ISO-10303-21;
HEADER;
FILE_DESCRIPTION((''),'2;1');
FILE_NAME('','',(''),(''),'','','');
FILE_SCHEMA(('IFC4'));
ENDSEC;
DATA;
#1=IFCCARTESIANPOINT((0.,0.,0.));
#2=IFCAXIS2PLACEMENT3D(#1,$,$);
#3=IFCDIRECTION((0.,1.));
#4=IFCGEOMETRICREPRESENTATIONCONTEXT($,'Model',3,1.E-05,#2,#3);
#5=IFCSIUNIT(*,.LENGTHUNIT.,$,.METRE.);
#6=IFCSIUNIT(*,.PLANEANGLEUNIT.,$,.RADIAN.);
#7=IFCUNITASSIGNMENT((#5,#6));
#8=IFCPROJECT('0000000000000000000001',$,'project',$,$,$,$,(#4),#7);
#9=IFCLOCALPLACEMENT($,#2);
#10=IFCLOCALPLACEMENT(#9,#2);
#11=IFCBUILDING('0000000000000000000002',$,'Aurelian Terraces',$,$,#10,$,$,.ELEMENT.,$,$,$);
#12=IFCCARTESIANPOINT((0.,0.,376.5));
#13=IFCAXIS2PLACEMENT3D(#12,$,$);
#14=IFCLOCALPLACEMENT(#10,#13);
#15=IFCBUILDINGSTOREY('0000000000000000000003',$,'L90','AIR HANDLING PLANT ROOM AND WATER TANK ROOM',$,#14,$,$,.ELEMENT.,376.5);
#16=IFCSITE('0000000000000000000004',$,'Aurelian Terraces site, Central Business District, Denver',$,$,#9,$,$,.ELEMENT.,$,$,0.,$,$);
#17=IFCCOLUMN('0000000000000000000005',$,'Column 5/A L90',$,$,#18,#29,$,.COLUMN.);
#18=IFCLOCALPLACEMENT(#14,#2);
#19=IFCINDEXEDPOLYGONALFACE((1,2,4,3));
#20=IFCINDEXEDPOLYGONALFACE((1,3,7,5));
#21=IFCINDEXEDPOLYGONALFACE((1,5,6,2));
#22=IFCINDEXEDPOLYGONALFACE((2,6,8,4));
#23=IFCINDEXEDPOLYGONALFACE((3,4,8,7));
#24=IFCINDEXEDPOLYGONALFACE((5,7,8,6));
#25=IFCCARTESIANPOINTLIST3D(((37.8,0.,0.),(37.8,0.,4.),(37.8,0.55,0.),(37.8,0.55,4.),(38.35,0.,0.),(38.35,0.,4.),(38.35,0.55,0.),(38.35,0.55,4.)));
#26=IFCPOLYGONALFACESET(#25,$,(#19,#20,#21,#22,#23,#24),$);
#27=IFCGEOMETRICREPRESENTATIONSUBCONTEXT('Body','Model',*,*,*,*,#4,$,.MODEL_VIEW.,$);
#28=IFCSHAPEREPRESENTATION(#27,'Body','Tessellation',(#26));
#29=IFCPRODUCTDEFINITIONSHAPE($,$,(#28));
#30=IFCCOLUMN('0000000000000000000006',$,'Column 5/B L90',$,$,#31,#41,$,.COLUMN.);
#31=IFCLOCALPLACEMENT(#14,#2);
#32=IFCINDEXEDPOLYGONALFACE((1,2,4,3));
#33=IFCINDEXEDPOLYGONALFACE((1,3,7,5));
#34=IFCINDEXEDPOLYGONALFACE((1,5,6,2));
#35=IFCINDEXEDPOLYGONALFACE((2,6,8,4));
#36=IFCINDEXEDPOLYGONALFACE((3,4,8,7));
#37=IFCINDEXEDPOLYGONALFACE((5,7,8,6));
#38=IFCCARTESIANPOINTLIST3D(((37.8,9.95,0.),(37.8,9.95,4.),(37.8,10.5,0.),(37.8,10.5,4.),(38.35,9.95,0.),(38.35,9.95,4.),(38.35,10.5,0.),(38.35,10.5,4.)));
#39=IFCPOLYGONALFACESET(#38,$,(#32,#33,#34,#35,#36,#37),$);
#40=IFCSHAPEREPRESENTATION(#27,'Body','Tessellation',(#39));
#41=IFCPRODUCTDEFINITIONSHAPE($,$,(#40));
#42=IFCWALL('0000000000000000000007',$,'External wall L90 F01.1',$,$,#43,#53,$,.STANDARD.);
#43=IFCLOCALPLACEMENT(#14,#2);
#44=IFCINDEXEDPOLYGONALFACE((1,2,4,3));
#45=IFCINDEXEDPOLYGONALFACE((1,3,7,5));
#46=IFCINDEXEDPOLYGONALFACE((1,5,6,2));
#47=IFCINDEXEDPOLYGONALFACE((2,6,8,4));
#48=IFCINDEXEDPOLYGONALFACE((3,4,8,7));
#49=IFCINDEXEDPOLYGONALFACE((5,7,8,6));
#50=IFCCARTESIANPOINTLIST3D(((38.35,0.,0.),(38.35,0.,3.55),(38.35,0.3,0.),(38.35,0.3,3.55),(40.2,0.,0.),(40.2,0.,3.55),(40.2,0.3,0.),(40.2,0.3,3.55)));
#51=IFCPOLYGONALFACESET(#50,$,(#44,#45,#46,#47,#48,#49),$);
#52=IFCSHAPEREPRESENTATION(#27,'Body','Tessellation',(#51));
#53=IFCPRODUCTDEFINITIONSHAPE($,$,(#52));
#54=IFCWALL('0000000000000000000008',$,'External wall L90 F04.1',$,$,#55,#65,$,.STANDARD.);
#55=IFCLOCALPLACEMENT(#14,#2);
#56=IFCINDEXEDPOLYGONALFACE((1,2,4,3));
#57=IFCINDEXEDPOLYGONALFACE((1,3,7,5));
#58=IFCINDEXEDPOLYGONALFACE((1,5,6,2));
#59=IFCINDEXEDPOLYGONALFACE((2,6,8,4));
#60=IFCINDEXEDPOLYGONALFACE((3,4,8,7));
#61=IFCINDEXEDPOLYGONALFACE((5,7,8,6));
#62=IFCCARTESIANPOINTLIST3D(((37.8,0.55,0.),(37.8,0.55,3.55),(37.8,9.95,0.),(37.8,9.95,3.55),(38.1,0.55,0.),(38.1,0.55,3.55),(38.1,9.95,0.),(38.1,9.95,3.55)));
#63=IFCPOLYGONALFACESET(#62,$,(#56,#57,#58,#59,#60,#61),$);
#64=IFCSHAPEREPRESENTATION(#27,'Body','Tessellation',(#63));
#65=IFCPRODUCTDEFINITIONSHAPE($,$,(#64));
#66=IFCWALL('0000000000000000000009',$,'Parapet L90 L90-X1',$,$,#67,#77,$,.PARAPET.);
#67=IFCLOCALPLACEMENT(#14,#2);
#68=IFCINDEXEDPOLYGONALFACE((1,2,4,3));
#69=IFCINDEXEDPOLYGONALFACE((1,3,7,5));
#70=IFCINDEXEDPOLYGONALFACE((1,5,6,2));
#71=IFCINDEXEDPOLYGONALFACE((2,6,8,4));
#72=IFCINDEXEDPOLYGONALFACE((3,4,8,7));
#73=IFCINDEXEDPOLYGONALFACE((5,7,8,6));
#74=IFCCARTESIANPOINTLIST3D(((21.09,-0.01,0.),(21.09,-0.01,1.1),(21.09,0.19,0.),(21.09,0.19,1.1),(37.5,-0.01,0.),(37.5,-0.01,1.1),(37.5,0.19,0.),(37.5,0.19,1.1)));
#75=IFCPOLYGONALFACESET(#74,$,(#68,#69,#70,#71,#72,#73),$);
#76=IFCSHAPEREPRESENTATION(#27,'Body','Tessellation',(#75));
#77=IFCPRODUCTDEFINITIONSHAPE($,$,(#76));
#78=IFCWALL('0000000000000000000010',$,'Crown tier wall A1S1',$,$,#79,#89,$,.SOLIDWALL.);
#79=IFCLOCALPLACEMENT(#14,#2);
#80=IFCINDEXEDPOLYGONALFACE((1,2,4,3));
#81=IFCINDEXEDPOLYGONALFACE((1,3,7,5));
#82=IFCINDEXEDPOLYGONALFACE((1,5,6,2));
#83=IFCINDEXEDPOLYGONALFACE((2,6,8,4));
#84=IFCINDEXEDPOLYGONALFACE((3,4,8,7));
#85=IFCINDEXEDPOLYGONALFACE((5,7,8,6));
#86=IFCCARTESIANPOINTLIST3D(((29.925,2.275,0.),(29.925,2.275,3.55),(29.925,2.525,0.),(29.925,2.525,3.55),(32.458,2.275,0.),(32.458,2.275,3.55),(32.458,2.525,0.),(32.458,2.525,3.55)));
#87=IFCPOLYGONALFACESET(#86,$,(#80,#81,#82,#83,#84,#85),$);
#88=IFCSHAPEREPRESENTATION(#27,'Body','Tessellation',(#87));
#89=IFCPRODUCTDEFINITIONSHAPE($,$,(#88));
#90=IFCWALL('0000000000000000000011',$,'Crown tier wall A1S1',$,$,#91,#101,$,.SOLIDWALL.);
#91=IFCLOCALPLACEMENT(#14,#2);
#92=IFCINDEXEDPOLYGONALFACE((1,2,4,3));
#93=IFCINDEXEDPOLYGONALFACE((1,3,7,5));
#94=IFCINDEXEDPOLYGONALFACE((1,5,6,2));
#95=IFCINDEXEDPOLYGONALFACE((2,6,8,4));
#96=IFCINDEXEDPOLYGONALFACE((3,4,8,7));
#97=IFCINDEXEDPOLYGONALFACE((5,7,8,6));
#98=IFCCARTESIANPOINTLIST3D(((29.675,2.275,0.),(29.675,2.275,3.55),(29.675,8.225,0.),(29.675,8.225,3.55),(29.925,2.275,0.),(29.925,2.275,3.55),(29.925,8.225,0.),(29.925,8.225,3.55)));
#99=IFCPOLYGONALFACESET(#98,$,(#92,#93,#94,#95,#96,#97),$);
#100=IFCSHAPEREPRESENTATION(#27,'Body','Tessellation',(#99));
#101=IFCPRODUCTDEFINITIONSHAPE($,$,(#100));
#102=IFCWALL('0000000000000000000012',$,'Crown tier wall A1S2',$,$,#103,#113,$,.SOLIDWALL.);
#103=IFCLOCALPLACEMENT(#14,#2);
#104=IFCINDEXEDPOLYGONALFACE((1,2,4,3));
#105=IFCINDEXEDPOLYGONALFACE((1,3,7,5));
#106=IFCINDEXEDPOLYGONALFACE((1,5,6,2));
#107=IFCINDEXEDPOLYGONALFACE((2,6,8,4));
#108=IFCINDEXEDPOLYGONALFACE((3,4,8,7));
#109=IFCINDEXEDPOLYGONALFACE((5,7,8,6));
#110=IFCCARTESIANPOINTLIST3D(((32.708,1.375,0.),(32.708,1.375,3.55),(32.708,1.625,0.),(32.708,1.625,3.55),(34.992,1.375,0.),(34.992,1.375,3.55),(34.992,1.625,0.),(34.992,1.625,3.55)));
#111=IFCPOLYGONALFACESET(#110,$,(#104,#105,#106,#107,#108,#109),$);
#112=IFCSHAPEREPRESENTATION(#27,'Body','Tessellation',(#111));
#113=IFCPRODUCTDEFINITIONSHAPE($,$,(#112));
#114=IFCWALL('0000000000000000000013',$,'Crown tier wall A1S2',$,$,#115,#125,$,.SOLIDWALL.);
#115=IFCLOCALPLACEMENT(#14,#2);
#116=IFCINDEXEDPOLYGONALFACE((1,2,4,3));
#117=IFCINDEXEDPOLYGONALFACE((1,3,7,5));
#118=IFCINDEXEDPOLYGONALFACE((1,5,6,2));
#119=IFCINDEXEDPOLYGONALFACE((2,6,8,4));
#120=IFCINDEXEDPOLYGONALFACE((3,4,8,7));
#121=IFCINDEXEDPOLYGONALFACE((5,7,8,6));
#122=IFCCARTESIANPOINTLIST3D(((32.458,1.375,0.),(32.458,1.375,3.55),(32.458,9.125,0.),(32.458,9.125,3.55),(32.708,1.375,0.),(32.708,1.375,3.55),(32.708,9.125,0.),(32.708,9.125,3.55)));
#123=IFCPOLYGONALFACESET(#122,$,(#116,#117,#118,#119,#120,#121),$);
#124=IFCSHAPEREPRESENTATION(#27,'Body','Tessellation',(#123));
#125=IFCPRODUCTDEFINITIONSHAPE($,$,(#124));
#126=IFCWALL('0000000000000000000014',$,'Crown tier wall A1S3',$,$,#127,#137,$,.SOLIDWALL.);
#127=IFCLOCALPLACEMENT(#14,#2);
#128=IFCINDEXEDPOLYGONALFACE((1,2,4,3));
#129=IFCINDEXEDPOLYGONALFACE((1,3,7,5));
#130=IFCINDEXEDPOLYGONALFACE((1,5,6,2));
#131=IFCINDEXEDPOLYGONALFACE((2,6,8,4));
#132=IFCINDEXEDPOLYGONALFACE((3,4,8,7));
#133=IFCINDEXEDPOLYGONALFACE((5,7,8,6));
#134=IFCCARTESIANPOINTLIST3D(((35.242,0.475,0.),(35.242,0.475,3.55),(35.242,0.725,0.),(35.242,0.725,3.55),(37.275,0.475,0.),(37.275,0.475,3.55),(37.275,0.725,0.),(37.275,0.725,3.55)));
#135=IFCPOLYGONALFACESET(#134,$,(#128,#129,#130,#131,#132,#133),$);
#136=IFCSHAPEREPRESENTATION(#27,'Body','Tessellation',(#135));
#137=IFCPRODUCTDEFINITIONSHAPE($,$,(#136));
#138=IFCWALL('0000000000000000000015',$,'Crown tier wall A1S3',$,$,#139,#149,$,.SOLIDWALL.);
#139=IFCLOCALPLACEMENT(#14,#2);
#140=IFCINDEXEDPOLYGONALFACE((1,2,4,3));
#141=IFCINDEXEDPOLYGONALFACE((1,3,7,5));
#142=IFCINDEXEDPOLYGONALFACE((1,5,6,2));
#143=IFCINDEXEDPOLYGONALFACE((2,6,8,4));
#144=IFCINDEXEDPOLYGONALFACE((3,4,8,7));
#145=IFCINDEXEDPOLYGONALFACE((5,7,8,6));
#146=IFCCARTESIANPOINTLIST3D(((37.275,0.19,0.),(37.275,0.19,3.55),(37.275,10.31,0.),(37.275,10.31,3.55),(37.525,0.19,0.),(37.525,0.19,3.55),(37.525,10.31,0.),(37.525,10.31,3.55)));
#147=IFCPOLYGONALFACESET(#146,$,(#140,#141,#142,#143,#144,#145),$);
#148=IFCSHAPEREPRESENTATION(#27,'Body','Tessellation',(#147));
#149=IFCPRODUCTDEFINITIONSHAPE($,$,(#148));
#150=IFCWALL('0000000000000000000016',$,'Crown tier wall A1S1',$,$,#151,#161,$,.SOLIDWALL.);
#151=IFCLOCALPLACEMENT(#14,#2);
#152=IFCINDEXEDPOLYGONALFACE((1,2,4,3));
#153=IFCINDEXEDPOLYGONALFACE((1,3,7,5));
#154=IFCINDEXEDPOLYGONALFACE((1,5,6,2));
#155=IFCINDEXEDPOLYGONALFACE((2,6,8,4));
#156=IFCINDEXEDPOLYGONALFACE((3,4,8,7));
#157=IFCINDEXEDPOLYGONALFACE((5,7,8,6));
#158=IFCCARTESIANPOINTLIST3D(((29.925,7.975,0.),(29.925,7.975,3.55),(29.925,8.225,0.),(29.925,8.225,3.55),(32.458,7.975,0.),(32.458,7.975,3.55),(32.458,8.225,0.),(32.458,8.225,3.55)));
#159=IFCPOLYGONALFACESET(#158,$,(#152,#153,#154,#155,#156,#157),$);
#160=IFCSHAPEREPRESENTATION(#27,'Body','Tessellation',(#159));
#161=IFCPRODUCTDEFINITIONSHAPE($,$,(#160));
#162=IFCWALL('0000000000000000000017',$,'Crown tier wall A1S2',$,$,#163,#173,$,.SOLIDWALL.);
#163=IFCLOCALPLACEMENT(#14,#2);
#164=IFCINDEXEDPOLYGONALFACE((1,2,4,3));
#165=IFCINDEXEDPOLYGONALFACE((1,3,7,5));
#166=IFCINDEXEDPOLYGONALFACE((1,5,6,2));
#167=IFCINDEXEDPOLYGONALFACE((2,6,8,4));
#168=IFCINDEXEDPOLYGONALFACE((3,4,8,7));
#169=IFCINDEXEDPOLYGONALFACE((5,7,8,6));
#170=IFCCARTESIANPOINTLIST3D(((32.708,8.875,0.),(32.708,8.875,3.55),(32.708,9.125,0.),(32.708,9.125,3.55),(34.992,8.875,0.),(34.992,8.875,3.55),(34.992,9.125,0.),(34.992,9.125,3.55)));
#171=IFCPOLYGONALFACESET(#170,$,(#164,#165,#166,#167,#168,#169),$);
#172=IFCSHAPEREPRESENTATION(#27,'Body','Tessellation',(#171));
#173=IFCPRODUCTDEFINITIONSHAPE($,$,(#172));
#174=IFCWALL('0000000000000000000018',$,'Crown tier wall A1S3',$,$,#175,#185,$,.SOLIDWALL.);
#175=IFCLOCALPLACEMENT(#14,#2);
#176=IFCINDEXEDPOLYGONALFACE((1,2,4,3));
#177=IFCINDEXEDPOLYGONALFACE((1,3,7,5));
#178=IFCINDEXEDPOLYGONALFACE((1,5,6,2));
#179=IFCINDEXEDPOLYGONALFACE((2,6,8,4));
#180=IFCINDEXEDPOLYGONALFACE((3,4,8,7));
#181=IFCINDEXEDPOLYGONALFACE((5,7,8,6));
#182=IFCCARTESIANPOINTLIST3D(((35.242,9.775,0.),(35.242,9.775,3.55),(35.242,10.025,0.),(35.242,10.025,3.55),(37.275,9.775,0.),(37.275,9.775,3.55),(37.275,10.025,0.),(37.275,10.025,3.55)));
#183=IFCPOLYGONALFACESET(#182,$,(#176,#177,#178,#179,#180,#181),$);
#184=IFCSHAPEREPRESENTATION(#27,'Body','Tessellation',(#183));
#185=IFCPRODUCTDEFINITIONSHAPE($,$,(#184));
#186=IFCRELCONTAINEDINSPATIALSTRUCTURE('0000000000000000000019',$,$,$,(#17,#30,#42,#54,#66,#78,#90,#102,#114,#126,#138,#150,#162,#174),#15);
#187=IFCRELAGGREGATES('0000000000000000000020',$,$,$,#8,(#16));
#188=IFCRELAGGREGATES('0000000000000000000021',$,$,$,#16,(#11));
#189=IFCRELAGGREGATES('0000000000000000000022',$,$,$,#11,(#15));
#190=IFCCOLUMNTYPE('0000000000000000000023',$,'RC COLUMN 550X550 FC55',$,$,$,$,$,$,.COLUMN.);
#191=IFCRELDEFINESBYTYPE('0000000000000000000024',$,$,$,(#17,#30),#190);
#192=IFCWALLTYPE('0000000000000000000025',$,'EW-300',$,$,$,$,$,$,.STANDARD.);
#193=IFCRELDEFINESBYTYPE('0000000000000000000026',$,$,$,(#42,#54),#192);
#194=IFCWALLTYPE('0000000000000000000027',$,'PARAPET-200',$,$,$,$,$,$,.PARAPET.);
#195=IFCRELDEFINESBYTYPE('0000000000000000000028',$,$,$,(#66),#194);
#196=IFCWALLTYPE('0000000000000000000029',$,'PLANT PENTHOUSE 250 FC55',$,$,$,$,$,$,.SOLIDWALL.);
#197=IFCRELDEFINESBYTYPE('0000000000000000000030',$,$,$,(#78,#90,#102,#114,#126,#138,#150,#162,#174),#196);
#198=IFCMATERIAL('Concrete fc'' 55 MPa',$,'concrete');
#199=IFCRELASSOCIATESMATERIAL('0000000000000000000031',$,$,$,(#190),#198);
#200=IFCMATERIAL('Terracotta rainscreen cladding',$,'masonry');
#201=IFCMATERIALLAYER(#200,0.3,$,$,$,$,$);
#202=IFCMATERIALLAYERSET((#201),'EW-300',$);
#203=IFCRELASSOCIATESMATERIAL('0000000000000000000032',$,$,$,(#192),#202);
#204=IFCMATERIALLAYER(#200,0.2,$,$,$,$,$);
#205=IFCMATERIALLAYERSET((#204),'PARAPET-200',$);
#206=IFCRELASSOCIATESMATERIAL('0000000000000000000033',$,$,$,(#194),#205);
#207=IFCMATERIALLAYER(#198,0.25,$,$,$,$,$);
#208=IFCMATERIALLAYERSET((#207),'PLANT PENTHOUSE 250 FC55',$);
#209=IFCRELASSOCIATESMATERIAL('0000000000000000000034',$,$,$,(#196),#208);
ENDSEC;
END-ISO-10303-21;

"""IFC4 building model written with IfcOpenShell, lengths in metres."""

from ifc_helpers import new_model, si_unit, direction, frame, frame_2d, origin, origin_2d, place, context, subcontext, project, spatial, rectangle, extrude, source, transform, mapped, material, layer, layer_set, material_profile, profile_set, type_object, element, save


model = new_model("IFC4")

# Units and contexts
model_context = context("Model", 3, precision=1e-05, world=origin(), true_north=direction((0.0, 1.0)))
body_context = subcontext(model_context, "Body", "Model", "MODEL_VIEW")
ifc_project = project(units=[si_unit("LENGTHUNIT", "METRE"), si_unit("PLANEANGLEUNIT", "RADIAN")], contexts=[model_context])

# Site, building, storey
site_placement = place(None, origin())
site = spatial("IfcSite", under=ifc_project, at=site_placement, Name="Aurelian Terraces site, Central Business District, Denver", CompositionType="ELEMENT", RefElevation=0.0)
building_placement = place(site_placement, origin())
building = spatial("IfcBuilding", under=site, at=building_placement, Name="Aurelian Terraces", CompositionType="ELEMENT")
storey_placement = place(building_placement, frame((0.0, 0.0, 376.5)))
storey = spatial("IfcBuildingStorey", under=building, at=storey_placement, Name="L90", Description="AIR HANDLING PLANT ROOM AND WATER TANK ROOM", CompositionType="ELEMENT", Elevation=376.5)

# Columns
ifc_material_1 = material(Name="Concrete fc' 55 MPa", Category="concrete")
ifc_material_profile = material_profile(ifc_material_1, rectangle(XDim=0.55, YDim=0.55, at=origin_2d()))
ifc_profile_set = profile_set([ifc_material_profile], Name="Concrete fc' 55 MPa")
column_type = type_object("IfcColumnType", Name="RC COLUMN 550X550 FC55", PredefinedType="COLUMN", material=ifc_profile_set)
shared_shape_1 = source(origin(), body_context, "Body", "SweptSolid", [
    extrude(rectangle(XDim=0.55, YDim=0.55, at=origin_2d()), origin(), (0.0, 0.0, 1.0), 4.0),
])
for number, where, z_axis, x_axis, name in (
    (1, (38.075, 0.275, 0.0), (0.0, 0.0, 1.0), (1.0, 0.0, 0.0), "Column 5/A L90"),
    (2, (38.075, 10.225, 0.0), (0.0, 0.0, 1.0), (1.0, 0.0, 0.0), "Column 5/B L90"),
):
    element("IfcColumn", number, at=place(storey_placement, frame(where, z_axis=z_axis, x_axis=x_axis)), inside=storey, type_object=column_type, Name=name, PredefinedType="COLUMN", context=body_context, shape_type="MappedRepresentation", body=[
        mapped(shared_shape_1, transform((0.0, 0.0, 0.0), scale=1.0)),
    ])

# Walls
ifc_material_2 = material(Name="Terracotta rainscreen cladding", Category="masonry")
ifc_layer_1 = layer(ifc_material_2, 0.3)
ifc_layer_set_1 = layer_set([ifc_layer_1], Name="EW-300")
wall_type_1 = type_object("IfcWallType", Name="EW-300", PredefinedType="STANDARD", material=ifc_layer_set_1)
wall_1_placement = place(storey_placement, frame((38.35, 0.15, 0.0), z_axis=(0.0, 0.0, 1.0), x_axis=(1.0, 0.0, 0.0)))
element("IfcWall", 3, at=wall_1_placement, inside=storey, type_object=wall_type_1, Name="External wall L90 F01.1", PredefinedType="STANDARD", context=body_context, shape_type="SweptSolid", body=[
    extrude(rectangle(XDim=1.85, YDim=0.3, at=frame_2d((0.925, 0.0))), origin(), (0.0, 0.0, 1.0), 3.55),
])
wall_2_placement = place(storey_placement, frame((37.95, 9.95, 0.0), z_axis=(0.0, 0.0, 1.0), x_axis=(0.0, -1.0, 0.0)))
element("IfcWall", 4, at=wall_2_placement, inside=storey, type_object=wall_type_1, Name="External wall L90 F04.1", PredefinedType="STANDARD", context=body_context, shape_type="SweptSolid", body=[
    extrude(rectangle(XDim=9.4, YDim=0.3, at=frame_2d((4.7, 0.0))), origin(), (0.0, 0.0, 1.0), 3.55),
])
ifc_layer_2 = layer(ifc_material_2, 0.2)
ifc_layer_set_2 = layer_set([ifc_layer_2], Name="PARAPET-200")
wall_type_2 = type_object("IfcWallType", Name="PARAPET-200", PredefinedType="PARAPET", material=ifc_layer_set_2)
wall_3_placement = place(storey_placement, frame((37.5, 0.09, 0.0), z_axis=(0.0, 0.0, 1.0), x_axis=(-1.0, 0.0, 0.0)))
element("IfcWall", 5, at=wall_3_placement, inside=storey, type_object=wall_type_2, Name="Parapet L90 L90-X1", PredefinedType="PARAPET", context=body_context, shape_type="SweptSolid", body=[
    extrude(rectangle(XDim=16.41, YDim=0.2, at=frame_2d((8.205, 0.0))), origin(), (0.0, 0.0, 1.0), 1.1),
])
ifc_layer_3 = layer(ifc_material_1, 0.25)
ifc_layer_set_3 = layer_set([ifc_layer_3], Name="PLANT PENTHOUSE 250 FC55")
wall_type_3 = type_object("IfcWallType", Name="PLANT PENTHOUSE 250 FC55", PredefinedType="SOLIDWALL", material=ifc_layer_set_3)
wall_4_placement = place(storey_placement, frame((29.925, 2.4, 0.0), z_axis=(0.0, 0.0, 1.0), x_axis=(1.0, 0.0, 0.0)))
element("IfcWall", 6, at=wall_4_placement, inside=storey, type_object=wall_type_3, Name="Crown tier wall A1S1", PredefinedType="SOLIDWALL", context=body_context, shape_type="SweptSolid", body=[
    extrude(rectangle(XDim=2.533, YDim=0.25, at=frame_2d((1.2665, 0.0))), origin(), (0.0, 0.0, 1.0), 3.55),
])
wall_5_placement = place(storey_placement, frame((29.8, 8.225, 0.0), z_axis=(0.0, 0.0, 1.0), x_axis=(0.0, -1.0, 0.0)))
element("IfcWall", 7, at=wall_5_placement, inside=storey, type_object=wall_type_3, Name="Crown tier wall A1S1", PredefinedType="SOLIDWALL", context=body_context, shape_type="SweptSolid", body=[
    extrude(rectangle(XDim=5.95, YDim=0.25, at=frame_2d((2.975, 0.0))), origin(), (0.0, 0.0, 1.0), 3.55),
])
wall_6_placement = place(storey_placement, frame((32.708, 1.5, 0.0), z_axis=(0.0, 0.0, 1.0), x_axis=(1.0, 0.0, 0.0)))
element("IfcWall", 8, at=wall_6_placement, inside=storey, type_object=wall_type_3, Name="Crown tier wall A1S2", PredefinedType="SOLIDWALL", context=body_context, shape_type="SweptSolid", body=[
    extrude(rectangle(XDim=2.284, YDim=0.25, at=frame_2d((1.142, 0.0))), origin(), (0.0, 0.0, 1.0), 3.55),
])
wall_7_placement = place(storey_placement, frame((32.583, 9.125, 0.0), z_axis=(0.0, 0.0, 1.0), x_axis=(0.0, -1.0, 0.0)))
element("IfcWall", 9, at=wall_7_placement, inside=storey, type_object=wall_type_3, Name="Crown tier wall A1S2", PredefinedType="SOLIDWALL", context=body_context, shape_type="SweptSolid", body=[
    extrude(rectangle(XDim=7.75, YDim=0.25, at=frame_2d((3.875, 0.0))), origin(), (0.0, 0.0, 1.0), 3.55),
])
wall_8_placement = place(storey_placement, frame((35.242, 0.6, 0.0), z_axis=(0.0, 0.0, 1.0), x_axis=(1.0, 0.0, 0.0)))
element("IfcWall", 10, at=wall_8_placement, inside=storey, type_object=wall_type_3, Name="Crown tier wall A1S3", PredefinedType="SOLIDWALL", context=body_context, shape_type="SweptSolid", body=[
    extrude(rectangle(XDim=2.033, YDim=0.25, at=frame_2d((1.0165, 0.0))), origin(), (0.0, 0.0, 1.0), 3.55),
])
wall_9_placement = place(storey_placement, frame((37.4, 0.19, 0.0), z_axis=(0.0, 0.0, 1.0), x_axis=(0.0, 1.0, 0.0)))
element("IfcWall", 11, at=wall_9_placement, inside=storey, type_object=wall_type_3, Name="Crown tier wall A1S3", PredefinedType="SOLIDWALL", context=body_context, shape_type="SweptSolid", body=[
    extrude(rectangle(XDim=10.12, YDim=0.25, at=frame_2d((5.06, 0.0))), origin(), (0.0, 0.0, 1.0), 3.55),
])
shared_shape_2 = source(origin(), body_context, "Body", "SweptSolid", [
    extrude(rectangle(XDim=2.533, YDim=0.25, at=frame_2d((1.2665, 0.0))), origin(), (0.0, 0.0, 1.0), 3.55),
])
wall_10_placement = place(storey_placement, frame((32.458, 8.1, 0.0), z_axis=(0.0, 0.0, 1.0), x_axis=(-1.0, 0.0, 0.0)))
element("IfcWall", 12, at=wall_10_placement, inside=storey, type_object=wall_type_3, Name="Crown tier wall A1S1", PredefinedType="SOLIDWALL", context=body_context, shape_type="MappedRepresentation", body=[
    mapped(shared_shape_2, transform((0.0, 0.0, 0.0), scale=1.0)),
])
shared_shape_3 = source(origin(), body_context, "Body", "SweptSolid", [
    extrude(rectangle(XDim=2.284, YDim=0.25, at=frame_2d((1.142, 0.0))), origin(), (0.0, 0.0, 1.0), 3.55),
])
wall_11_placement = place(storey_placement, frame((34.992, 9.0, 0.0), z_axis=(0.0, 0.0, 1.0), x_axis=(-1.0, 0.0, 0.0)))
element("IfcWall", 13, at=wall_11_placement, inside=storey, type_object=wall_type_3, Name="Crown tier wall A1S2", PredefinedType="SOLIDWALL", context=body_context, shape_type="MappedRepresentation", body=[
    mapped(shared_shape_3, transform((0.0, 0.0, 0.0), scale=1.0)),
])
shared_shape_4 = source(origin(), body_context, "Body", "SweptSolid", [
    extrude(rectangle(XDim=2.033, YDim=0.25, at=frame_2d((1.0165, 0.0))), origin(), (0.0, 0.0, 1.0), 3.55),
])
wall_12_placement = place(storey_placement, frame((37.275, 9.9, 0.0), z_axis=(0.0, 0.0, 1.0), x_axis=(-1.0, 0.0, 0.0)))
element("IfcWall", 14, at=wall_12_placement, inside=storey, type_object=wall_type_3, Name="Crown tier wall A1S3", PredefinedType="SOLIDWALL", context=body_context, shape_type="MappedRepresentation", body=[
    mapped(shared_shape_4, transform((0.0, 0.0, 0.0), scale=1.0)),
])

save(model, "model.ifc")
